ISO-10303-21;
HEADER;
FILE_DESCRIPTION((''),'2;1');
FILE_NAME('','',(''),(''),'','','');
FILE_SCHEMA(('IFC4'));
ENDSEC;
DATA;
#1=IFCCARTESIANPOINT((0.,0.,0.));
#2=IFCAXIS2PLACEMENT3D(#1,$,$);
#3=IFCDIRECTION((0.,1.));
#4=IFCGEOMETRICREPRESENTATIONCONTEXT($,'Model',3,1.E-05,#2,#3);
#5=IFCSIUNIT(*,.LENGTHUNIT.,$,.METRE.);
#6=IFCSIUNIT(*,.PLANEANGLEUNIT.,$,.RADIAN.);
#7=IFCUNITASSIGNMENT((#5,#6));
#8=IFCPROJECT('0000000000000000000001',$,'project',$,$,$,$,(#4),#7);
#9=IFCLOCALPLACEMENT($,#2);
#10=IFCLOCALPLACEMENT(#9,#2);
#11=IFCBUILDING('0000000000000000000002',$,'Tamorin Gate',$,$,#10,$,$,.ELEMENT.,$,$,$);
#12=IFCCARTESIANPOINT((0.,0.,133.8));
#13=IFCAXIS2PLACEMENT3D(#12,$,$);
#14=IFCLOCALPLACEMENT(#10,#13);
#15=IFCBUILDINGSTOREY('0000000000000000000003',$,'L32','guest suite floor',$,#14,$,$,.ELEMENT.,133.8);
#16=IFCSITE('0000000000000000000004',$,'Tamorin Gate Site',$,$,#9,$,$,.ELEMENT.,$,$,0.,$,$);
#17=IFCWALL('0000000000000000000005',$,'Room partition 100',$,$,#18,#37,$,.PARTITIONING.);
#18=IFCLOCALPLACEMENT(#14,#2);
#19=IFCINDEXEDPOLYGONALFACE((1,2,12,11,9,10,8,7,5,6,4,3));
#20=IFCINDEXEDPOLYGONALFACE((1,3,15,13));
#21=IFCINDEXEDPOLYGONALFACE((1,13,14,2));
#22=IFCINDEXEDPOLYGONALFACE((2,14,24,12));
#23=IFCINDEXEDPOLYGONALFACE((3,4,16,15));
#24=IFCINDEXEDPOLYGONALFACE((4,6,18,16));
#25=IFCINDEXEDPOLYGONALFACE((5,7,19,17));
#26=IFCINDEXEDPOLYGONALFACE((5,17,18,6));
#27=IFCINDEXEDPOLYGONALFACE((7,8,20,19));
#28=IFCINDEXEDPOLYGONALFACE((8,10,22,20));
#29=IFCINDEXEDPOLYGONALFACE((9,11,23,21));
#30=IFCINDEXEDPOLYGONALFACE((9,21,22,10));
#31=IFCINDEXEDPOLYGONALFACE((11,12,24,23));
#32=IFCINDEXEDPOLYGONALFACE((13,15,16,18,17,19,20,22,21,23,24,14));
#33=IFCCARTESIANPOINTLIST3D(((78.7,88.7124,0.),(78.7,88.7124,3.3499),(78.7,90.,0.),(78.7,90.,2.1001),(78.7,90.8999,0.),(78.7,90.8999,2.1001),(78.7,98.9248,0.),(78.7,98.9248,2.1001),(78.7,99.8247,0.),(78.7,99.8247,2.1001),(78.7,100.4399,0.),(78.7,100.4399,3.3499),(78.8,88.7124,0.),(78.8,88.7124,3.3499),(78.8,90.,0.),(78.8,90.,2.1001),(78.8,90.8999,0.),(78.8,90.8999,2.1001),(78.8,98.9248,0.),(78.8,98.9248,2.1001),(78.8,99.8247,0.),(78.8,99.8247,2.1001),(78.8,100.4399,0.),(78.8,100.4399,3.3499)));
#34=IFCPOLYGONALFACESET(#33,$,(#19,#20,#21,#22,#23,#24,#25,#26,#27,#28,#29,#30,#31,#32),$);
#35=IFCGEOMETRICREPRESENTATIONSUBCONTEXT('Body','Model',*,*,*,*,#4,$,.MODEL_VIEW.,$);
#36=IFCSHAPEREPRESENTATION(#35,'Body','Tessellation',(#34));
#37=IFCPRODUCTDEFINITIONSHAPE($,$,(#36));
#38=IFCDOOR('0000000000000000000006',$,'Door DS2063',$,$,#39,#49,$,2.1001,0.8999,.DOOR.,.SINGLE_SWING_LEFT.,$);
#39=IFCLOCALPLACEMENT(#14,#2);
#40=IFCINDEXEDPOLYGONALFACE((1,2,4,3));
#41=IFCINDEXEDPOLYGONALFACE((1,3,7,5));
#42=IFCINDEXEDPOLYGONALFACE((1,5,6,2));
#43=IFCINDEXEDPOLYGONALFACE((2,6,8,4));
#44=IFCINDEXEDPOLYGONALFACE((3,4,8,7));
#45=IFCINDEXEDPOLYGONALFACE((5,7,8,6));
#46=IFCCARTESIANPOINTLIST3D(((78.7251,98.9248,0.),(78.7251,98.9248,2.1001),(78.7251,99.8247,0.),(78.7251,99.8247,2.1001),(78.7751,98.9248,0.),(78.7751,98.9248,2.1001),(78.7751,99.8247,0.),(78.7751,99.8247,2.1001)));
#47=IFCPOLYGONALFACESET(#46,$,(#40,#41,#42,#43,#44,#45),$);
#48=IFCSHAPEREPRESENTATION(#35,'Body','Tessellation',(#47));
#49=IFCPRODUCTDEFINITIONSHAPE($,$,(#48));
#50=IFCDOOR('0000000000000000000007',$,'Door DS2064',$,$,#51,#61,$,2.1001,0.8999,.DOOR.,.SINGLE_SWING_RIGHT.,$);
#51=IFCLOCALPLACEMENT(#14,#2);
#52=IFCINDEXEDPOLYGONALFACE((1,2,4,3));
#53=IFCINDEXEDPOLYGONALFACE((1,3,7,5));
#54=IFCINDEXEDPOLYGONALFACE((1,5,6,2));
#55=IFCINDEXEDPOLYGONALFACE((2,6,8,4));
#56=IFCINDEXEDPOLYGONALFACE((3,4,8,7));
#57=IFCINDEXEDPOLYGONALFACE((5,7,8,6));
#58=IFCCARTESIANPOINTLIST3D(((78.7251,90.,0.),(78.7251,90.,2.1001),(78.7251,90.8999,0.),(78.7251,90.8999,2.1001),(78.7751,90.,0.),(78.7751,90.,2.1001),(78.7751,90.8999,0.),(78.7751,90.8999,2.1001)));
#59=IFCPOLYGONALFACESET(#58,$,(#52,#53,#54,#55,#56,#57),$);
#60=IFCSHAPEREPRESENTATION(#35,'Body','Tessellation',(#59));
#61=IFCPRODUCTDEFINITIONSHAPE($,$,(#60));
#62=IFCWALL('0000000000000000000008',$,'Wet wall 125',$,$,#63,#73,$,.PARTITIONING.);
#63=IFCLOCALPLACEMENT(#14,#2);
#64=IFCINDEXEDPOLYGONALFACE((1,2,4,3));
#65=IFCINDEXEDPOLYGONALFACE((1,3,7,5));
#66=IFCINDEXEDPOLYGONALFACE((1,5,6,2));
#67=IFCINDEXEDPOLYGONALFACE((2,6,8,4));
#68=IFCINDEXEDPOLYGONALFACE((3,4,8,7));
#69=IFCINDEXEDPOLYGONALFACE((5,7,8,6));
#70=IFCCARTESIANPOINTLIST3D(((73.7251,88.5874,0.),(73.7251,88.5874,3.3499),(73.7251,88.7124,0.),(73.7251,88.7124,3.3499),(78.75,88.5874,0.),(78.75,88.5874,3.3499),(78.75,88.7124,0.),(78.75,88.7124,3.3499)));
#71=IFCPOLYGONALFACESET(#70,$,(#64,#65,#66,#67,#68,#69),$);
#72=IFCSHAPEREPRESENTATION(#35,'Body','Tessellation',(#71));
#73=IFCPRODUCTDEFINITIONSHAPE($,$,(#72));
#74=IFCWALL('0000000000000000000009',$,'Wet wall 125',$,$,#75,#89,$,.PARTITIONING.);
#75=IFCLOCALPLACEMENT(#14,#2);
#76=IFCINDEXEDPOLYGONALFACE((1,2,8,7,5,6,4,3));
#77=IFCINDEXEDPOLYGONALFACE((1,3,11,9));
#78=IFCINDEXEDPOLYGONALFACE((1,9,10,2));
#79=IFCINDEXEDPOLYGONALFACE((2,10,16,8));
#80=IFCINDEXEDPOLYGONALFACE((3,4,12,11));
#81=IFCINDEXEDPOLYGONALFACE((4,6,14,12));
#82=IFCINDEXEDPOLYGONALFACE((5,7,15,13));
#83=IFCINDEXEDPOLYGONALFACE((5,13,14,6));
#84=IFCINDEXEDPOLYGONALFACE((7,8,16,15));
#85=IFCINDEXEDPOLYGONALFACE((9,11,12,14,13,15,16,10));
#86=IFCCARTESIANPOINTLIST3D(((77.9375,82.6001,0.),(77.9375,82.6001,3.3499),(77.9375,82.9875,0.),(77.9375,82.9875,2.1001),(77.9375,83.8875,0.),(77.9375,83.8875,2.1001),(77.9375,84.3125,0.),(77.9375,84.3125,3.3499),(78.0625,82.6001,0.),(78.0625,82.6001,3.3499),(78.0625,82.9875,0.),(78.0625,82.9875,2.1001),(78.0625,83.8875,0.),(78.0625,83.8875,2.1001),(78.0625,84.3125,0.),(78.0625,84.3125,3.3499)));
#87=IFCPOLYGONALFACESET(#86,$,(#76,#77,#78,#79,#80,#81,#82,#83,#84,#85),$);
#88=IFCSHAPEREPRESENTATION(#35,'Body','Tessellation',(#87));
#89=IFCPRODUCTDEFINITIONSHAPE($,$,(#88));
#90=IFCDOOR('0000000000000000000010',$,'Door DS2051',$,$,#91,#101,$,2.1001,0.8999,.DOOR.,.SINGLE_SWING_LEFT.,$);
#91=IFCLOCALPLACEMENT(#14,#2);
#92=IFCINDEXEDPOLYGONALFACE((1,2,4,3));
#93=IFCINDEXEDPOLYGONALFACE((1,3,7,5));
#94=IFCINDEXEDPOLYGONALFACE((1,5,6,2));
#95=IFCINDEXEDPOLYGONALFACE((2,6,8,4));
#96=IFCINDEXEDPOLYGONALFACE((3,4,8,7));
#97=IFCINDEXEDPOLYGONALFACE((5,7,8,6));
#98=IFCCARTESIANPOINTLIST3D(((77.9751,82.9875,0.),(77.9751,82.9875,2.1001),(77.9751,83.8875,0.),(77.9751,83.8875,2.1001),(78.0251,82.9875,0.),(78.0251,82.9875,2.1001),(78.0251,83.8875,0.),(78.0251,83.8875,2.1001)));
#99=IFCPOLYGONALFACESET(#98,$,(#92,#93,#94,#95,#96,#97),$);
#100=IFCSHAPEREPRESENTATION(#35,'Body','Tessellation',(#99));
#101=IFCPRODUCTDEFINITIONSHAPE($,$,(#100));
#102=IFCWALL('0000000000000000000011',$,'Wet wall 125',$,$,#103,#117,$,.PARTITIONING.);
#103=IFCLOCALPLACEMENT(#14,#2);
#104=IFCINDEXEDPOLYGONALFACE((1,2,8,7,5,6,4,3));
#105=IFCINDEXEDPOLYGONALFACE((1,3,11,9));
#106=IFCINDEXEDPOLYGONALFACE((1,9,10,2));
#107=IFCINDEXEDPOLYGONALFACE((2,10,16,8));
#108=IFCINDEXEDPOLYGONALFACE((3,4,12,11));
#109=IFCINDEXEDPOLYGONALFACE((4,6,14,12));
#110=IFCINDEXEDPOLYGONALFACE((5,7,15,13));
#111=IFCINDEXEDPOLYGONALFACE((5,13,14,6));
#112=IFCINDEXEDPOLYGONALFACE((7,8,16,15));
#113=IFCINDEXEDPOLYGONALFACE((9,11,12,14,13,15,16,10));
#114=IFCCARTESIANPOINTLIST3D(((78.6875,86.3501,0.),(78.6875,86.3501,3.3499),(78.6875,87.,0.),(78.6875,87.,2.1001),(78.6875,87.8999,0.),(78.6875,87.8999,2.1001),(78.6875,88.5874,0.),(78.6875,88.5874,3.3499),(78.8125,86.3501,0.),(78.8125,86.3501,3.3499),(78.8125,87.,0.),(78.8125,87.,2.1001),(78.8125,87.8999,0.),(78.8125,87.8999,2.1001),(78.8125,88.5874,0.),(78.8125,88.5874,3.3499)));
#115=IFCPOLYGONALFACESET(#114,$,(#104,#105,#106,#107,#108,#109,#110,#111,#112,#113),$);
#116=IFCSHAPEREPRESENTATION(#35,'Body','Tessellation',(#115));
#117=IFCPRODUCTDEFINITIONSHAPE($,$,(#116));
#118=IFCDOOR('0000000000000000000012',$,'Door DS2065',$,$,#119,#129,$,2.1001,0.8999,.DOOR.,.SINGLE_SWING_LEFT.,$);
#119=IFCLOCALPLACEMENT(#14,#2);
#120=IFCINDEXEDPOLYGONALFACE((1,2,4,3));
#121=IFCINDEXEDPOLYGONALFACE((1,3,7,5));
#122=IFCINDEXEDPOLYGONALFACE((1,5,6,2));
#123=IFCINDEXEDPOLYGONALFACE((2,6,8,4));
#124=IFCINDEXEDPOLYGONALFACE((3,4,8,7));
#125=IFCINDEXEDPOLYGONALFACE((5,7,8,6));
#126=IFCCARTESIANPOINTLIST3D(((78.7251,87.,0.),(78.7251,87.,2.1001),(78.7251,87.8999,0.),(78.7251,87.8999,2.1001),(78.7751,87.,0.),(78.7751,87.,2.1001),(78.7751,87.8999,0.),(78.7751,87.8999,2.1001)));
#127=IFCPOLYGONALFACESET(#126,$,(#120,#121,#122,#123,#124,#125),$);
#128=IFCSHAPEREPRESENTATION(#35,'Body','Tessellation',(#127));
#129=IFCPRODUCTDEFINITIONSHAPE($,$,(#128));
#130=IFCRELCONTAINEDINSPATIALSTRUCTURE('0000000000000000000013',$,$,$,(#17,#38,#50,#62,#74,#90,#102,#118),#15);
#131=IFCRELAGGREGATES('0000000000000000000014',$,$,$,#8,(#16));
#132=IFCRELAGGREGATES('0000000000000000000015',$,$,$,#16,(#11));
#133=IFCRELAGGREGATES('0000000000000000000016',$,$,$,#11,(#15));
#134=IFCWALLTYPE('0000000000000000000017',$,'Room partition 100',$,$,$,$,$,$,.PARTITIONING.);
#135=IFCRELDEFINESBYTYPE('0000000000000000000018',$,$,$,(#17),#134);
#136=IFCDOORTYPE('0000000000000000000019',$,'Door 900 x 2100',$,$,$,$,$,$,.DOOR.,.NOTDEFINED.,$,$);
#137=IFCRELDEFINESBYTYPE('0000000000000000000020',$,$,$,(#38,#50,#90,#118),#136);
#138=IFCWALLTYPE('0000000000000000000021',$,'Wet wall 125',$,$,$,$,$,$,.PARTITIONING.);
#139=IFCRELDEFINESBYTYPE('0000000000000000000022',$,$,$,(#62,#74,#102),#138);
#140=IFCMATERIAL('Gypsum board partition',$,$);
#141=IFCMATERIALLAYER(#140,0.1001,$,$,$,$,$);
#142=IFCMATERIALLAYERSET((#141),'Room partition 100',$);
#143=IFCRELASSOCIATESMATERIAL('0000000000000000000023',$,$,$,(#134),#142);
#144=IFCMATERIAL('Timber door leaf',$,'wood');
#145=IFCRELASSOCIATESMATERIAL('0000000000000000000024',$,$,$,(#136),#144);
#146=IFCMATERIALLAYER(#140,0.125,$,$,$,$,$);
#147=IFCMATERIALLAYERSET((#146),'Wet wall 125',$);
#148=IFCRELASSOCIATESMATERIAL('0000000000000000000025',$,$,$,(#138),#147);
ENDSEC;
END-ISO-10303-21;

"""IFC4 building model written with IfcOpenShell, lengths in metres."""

from ifc_helpers import new_model, si_unit, direction, frame, frame_2d, origin, place, context, subcontext, project, spatial, rectangle, extrude, material, layer, layer_set, type_object, element, fill, save


model = new_model("IFC4")

# Units and contexts
model_context = context("Model", 3, precision=1e-05, world=origin(), true_north=direction((0.0, 1.0)))
body_context = subcontext(model_context, "Body", "Model", "MODEL_VIEW")
ifc_project = project(units=[si_unit("LENGTHUNIT", "METRE"), si_unit("PLANEANGLEUNIT", "RADIAN")], contexts=[model_context])

# Site, building, storey
site_placement = place(None, origin())
site = spatial("IfcSite", under=ifc_project, at=site_placement, Name="Tamorin Gate Site", CompositionType="ELEMENT", RefElevation=0.0)
building_placement = place(site_placement, origin())
building = spatial("IfcBuilding", under=site, at=building_placement, Name="Tamorin Gate", CompositionType="ELEMENT")
storey_placement = place(building_placement, frame((0.0, 0.0, 133.8)))
storey = spatial("IfcBuildingStorey", under=building, at=storey_placement, Name="L32", Description="guest suite floor", CompositionType="ELEMENT", Elevation=133.8)

# Shared definitions
ifc_material_1 = material(Name="Gypsum board partition")
ifc_layer_1 = layer(ifc_material_1, 0.1001)
ifc_layer_set_1 = layer_set([ifc_layer_1], Name="Room partition 100")
wall_type_1 = type_object("IfcWallType", Name="Room partition 100", PredefinedType="PARTITIONING", material=ifc_layer_set_1)
ifc_material_2 = material(Name="Timber door leaf", Category="wood")
door_type = type_object("IfcDoorType", Name="Door 900 x 2100", OperationType="NOTDEFINED", PredefinedType="DOOR", material=ifc_material_2)

# Wall, openings, doors
wall_1_placement = place(storey_placement, frame((78.75, 88.7124, 0.0), z_axis=(0.0, 0.0, 1.0), x_axis=(0.0, 1.0, 0.0)))
wall_1 = element("IfcWall", 1, at=wall_1_placement, inside=storey, type_object=wall_type_1, Name="Room partition 100", PredefinedType="PARTITIONING", context=body_context, shape_type="SweptSolid", body=[
    extrude(rectangle(XDim=11.7275, YDim=0.1001, at=frame_2d((5.8638, 0.0))), origin(), (0.0, 0.0, 1.0), 3.3499),
])
opening_1_placement = place(wall_1_placement, frame((10.2124, 0.0, 0.0)))
opening_1 = element("IfcOpeningElement", 2, at=opening_1_placement, cuts=wall_1, PredefinedType="OPENING", context=body_context, shape_type="SweptSolid", body=[
    extrude(rectangle(XDim=0.8999, YDim=2.1001, at=frame_2d((0.45, 1.05))), frame((0.0, 0.0601, 0.0), z_axis=(0.0, -1.0, 0.0), x_axis=(1.0, 0.0, 0.0)), (0.0, 0.0, 1.0), 0.1201),
])
opening_2_placement = place(wall_1_placement, frame((1.2876, 0.0, 0.0)))
opening_2 = element("IfcOpeningElement", 3, at=opening_2_placement, cuts=wall_1, PredefinedType="OPENING", context=body_context, shape_type="SweptSolid", body=[
    extrude(rectangle(XDim=0.8999, YDim=2.1001, at=frame_2d((0.45, 1.05))), frame((0.0, 0.0601, 0.0), z_axis=(0.0, -1.0, 0.0), x_axis=(1.0, 0.0, 0.0)), (0.0, 0.0, 1.0), 0.1201),
])
door_1_placement = place(opening_1_placement, origin())
door_1 = element("IfcDoor", 4, at=door_1_placement, inside=storey, type_object=door_type, Name="Door DS2063", OperationType="SINGLE_SWING_LEFT", OverallHeight=2.1001, OverallWidth=0.8999, PredefinedType="DOOR", context=body_context, shape_type="SweptSolid", body=[
    extrude(rectangle(XDim=0.8999, YDim=2.1001, at=frame_2d((0.45, 1.05))), frame((0.0, 0.0249, 0.0), z_axis=(0.0, -1.0, 0.0), x_axis=(1.0, 0.0, 0.0)), (0.0, 0.0, 1.0), 0.05),
])
fill(opening_1, door_1)
door_2_placement = place(opening_2_placement, origin())
door_2 = element("IfcDoor", 5, at=door_2_placement, inside=storey, type_object=door_type, Name="Door DS2064", OperationType="SINGLE_SWING_RIGHT", OverallHeight=2.1001, OverallWidth=0.8999, PredefinedType="DOOR", context=body_context, shape_type="SweptSolid", body=[
    extrude(rectangle(XDim=0.8999, YDim=2.1001, at=frame_2d((0.45, 1.05))), frame((0.0, 0.0249, 0.0), z_axis=(0.0, -1.0, 0.0), x_axis=(1.0, 0.0, 0.0)), (0.0, 0.0, 1.0), 0.05),
])
fill(opening_2, door_2)

# Wall
ifc_layer_2 = layer(ifc_material_1, 0.125)
ifc_layer_set_2 = layer_set([ifc_layer_2], Name="Wet wall 125")
wall_type_2 = type_object("IfcWallType", Name="Wet wall 125", PredefinedType="PARTITIONING", material=ifc_layer_set_2)
wall_2_placement = place(storey_placement, frame((73.7251, 88.6499, 0.0), z_axis=(0.0, 0.0, 1.0), x_axis=(1.0, 0.0, 0.0)))
element("IfcWall", 6, at=wall_2_placement, inside=storey, type_object=wall_type_2, Name="Wet wall 125", PredefinedType="PARTITIONING", context=body_context, shape_type="SweptSolid", body=[
    extrude(rectangle(XDim=5.0249, YDim=0.125, at=frame_2d((2.5125, 0.0))), origin(), (0.0, 0.0, 1.0), 3.3499),
])

# Walls, openings, doors
wall_3_placement = place(storey_placement, frame((78.0, 82.6001, 0.0), z_axis=(0.0, 0.0, 1.0), x_axis=(0.0, 1.0, 0.0)))
wall_3 = element("IfcWall", 7, at=wall_3_placement, inside=storey, type_object=wall_type_2, Name="Wet wall 125", PredefinedType="PARTITIONING", context=body_context, shape_type="SweptSolid", body=[
    extrude(rectangle(XDim=1.7124, YDim=0.125, at=frame_2d((0.8562, 0.0))), origin(), (0.0, 0.0, 1.0), 3.3499),
])
opening_3_placement = place(wall_3_placement, frame((0.3875, 0.0, 0.0)))
opening_3 = element("IfcOpeningElement", 8, at=opening_3_placement, cuts=wall_3, PredefinedType="OPENING", context=body_context, shape_type="SweptSolid", body=[
    extrude(rectangle(XDim=0.8999, YDim=2.1001, at=frame_2d((0.45, 1.05))), frame((0.0, 0.0725, 0.0), z_axis=(0.0, -1.0, 0.0), x_axis=(1.0, 0.0, 0.0)), (0.0, 0.0, 1.0), 0.145),
])
door_3_placement = place(opening_3_placement, origin())
door_3 = element("IfcDoor", 9, at=door_3_placement, inside=storey, type_object=door_type, Name="Door DS2051", OperationType="SINGLE_SWING_LEFT", OverallHeight=2.1001, OverallWidth=0.8999, PredefinedType="DOOR", context=body_context, shape_type="SweptSolid", body=[
    extrude(rectangle(XDim=0.8999, YDim=2.1001, at=frame_2d((0.45, 1.05))), frame((0.0, 0.0249, 0.0), z_axis=(0.0, -1.0, 0.0), x_axis=(1.0, 0.0, 0.0)), (0.0, 0.0, 1.0), 0.05),
])
fill(opening_3, door_3)
wall_4_placement = place(storey_placement, frame((78.75, 86.3501, 0.0), z_axis=(0.0, 0.0, 1.0), x_axis=(0.0, 1.0, 0.0)))
wall_4 = element("IfcWall", 10, at=wall_4_placement, inside=storey, type_object=wall_type_2, Name="Wet wall 125", PredefinedType="PARTITIONING", context=body_context, shape_type="SweptSolid", body=[
    extrude(rectangle(XDim=2.2373, YDim=0.125, at=frame_2d((1.1187, 0.0))), origin(), (0.0, 0.0, 1.0), 3.3499),
])
opening_4_placement = place(wall_4_placement, frame((0.6499, 0.0, 0.0)))
opening_4 = element("IfcOpeningElement", 11, at=opening_4_placement, cuts=wall_4, PredefinedType="OPENING", context=body_context, shape_type="SweptSolid", body=[
    extrude(rectangle(XDim=0.8999, YDim=2.1001, at=frame_2d((0.45, 1.05))), frame((0.0, 0.0725, 0.0), z_axis=(0.0, -1.0, 0.0), x_axis=(1.0, 0.0, 0.0)), (0.0, 0.0, 1.0), 0.145),
])
door_4_placement = place(opening_4_placement, origin())
door_4 = element("IfcDoor", 12, at=door_4_placement, inside=storey, type_object=door_type, Name="Door DS2065", OperationType="SINGLE_SWING_LEFT", OverallHeight=2.1001, OverallWidth=0.8999, PredefinedType="DOOR", context=body_context, shape_type="SweptSolid", body=[
    extrude(rectangle(XDim=0.8999, YDim=2.1001, at=frame_2d((0.45, 1.05))), frame((0.0, 0.0249, 0.0), z_axis=(0.0, -1.0, 0.0), x_axis=(1.0, 0.0, 0.0)), (0.0, 0.0, 1.0), 0.05),
])
fill(opening_4, door_4)

save(model, "model.ifc")
